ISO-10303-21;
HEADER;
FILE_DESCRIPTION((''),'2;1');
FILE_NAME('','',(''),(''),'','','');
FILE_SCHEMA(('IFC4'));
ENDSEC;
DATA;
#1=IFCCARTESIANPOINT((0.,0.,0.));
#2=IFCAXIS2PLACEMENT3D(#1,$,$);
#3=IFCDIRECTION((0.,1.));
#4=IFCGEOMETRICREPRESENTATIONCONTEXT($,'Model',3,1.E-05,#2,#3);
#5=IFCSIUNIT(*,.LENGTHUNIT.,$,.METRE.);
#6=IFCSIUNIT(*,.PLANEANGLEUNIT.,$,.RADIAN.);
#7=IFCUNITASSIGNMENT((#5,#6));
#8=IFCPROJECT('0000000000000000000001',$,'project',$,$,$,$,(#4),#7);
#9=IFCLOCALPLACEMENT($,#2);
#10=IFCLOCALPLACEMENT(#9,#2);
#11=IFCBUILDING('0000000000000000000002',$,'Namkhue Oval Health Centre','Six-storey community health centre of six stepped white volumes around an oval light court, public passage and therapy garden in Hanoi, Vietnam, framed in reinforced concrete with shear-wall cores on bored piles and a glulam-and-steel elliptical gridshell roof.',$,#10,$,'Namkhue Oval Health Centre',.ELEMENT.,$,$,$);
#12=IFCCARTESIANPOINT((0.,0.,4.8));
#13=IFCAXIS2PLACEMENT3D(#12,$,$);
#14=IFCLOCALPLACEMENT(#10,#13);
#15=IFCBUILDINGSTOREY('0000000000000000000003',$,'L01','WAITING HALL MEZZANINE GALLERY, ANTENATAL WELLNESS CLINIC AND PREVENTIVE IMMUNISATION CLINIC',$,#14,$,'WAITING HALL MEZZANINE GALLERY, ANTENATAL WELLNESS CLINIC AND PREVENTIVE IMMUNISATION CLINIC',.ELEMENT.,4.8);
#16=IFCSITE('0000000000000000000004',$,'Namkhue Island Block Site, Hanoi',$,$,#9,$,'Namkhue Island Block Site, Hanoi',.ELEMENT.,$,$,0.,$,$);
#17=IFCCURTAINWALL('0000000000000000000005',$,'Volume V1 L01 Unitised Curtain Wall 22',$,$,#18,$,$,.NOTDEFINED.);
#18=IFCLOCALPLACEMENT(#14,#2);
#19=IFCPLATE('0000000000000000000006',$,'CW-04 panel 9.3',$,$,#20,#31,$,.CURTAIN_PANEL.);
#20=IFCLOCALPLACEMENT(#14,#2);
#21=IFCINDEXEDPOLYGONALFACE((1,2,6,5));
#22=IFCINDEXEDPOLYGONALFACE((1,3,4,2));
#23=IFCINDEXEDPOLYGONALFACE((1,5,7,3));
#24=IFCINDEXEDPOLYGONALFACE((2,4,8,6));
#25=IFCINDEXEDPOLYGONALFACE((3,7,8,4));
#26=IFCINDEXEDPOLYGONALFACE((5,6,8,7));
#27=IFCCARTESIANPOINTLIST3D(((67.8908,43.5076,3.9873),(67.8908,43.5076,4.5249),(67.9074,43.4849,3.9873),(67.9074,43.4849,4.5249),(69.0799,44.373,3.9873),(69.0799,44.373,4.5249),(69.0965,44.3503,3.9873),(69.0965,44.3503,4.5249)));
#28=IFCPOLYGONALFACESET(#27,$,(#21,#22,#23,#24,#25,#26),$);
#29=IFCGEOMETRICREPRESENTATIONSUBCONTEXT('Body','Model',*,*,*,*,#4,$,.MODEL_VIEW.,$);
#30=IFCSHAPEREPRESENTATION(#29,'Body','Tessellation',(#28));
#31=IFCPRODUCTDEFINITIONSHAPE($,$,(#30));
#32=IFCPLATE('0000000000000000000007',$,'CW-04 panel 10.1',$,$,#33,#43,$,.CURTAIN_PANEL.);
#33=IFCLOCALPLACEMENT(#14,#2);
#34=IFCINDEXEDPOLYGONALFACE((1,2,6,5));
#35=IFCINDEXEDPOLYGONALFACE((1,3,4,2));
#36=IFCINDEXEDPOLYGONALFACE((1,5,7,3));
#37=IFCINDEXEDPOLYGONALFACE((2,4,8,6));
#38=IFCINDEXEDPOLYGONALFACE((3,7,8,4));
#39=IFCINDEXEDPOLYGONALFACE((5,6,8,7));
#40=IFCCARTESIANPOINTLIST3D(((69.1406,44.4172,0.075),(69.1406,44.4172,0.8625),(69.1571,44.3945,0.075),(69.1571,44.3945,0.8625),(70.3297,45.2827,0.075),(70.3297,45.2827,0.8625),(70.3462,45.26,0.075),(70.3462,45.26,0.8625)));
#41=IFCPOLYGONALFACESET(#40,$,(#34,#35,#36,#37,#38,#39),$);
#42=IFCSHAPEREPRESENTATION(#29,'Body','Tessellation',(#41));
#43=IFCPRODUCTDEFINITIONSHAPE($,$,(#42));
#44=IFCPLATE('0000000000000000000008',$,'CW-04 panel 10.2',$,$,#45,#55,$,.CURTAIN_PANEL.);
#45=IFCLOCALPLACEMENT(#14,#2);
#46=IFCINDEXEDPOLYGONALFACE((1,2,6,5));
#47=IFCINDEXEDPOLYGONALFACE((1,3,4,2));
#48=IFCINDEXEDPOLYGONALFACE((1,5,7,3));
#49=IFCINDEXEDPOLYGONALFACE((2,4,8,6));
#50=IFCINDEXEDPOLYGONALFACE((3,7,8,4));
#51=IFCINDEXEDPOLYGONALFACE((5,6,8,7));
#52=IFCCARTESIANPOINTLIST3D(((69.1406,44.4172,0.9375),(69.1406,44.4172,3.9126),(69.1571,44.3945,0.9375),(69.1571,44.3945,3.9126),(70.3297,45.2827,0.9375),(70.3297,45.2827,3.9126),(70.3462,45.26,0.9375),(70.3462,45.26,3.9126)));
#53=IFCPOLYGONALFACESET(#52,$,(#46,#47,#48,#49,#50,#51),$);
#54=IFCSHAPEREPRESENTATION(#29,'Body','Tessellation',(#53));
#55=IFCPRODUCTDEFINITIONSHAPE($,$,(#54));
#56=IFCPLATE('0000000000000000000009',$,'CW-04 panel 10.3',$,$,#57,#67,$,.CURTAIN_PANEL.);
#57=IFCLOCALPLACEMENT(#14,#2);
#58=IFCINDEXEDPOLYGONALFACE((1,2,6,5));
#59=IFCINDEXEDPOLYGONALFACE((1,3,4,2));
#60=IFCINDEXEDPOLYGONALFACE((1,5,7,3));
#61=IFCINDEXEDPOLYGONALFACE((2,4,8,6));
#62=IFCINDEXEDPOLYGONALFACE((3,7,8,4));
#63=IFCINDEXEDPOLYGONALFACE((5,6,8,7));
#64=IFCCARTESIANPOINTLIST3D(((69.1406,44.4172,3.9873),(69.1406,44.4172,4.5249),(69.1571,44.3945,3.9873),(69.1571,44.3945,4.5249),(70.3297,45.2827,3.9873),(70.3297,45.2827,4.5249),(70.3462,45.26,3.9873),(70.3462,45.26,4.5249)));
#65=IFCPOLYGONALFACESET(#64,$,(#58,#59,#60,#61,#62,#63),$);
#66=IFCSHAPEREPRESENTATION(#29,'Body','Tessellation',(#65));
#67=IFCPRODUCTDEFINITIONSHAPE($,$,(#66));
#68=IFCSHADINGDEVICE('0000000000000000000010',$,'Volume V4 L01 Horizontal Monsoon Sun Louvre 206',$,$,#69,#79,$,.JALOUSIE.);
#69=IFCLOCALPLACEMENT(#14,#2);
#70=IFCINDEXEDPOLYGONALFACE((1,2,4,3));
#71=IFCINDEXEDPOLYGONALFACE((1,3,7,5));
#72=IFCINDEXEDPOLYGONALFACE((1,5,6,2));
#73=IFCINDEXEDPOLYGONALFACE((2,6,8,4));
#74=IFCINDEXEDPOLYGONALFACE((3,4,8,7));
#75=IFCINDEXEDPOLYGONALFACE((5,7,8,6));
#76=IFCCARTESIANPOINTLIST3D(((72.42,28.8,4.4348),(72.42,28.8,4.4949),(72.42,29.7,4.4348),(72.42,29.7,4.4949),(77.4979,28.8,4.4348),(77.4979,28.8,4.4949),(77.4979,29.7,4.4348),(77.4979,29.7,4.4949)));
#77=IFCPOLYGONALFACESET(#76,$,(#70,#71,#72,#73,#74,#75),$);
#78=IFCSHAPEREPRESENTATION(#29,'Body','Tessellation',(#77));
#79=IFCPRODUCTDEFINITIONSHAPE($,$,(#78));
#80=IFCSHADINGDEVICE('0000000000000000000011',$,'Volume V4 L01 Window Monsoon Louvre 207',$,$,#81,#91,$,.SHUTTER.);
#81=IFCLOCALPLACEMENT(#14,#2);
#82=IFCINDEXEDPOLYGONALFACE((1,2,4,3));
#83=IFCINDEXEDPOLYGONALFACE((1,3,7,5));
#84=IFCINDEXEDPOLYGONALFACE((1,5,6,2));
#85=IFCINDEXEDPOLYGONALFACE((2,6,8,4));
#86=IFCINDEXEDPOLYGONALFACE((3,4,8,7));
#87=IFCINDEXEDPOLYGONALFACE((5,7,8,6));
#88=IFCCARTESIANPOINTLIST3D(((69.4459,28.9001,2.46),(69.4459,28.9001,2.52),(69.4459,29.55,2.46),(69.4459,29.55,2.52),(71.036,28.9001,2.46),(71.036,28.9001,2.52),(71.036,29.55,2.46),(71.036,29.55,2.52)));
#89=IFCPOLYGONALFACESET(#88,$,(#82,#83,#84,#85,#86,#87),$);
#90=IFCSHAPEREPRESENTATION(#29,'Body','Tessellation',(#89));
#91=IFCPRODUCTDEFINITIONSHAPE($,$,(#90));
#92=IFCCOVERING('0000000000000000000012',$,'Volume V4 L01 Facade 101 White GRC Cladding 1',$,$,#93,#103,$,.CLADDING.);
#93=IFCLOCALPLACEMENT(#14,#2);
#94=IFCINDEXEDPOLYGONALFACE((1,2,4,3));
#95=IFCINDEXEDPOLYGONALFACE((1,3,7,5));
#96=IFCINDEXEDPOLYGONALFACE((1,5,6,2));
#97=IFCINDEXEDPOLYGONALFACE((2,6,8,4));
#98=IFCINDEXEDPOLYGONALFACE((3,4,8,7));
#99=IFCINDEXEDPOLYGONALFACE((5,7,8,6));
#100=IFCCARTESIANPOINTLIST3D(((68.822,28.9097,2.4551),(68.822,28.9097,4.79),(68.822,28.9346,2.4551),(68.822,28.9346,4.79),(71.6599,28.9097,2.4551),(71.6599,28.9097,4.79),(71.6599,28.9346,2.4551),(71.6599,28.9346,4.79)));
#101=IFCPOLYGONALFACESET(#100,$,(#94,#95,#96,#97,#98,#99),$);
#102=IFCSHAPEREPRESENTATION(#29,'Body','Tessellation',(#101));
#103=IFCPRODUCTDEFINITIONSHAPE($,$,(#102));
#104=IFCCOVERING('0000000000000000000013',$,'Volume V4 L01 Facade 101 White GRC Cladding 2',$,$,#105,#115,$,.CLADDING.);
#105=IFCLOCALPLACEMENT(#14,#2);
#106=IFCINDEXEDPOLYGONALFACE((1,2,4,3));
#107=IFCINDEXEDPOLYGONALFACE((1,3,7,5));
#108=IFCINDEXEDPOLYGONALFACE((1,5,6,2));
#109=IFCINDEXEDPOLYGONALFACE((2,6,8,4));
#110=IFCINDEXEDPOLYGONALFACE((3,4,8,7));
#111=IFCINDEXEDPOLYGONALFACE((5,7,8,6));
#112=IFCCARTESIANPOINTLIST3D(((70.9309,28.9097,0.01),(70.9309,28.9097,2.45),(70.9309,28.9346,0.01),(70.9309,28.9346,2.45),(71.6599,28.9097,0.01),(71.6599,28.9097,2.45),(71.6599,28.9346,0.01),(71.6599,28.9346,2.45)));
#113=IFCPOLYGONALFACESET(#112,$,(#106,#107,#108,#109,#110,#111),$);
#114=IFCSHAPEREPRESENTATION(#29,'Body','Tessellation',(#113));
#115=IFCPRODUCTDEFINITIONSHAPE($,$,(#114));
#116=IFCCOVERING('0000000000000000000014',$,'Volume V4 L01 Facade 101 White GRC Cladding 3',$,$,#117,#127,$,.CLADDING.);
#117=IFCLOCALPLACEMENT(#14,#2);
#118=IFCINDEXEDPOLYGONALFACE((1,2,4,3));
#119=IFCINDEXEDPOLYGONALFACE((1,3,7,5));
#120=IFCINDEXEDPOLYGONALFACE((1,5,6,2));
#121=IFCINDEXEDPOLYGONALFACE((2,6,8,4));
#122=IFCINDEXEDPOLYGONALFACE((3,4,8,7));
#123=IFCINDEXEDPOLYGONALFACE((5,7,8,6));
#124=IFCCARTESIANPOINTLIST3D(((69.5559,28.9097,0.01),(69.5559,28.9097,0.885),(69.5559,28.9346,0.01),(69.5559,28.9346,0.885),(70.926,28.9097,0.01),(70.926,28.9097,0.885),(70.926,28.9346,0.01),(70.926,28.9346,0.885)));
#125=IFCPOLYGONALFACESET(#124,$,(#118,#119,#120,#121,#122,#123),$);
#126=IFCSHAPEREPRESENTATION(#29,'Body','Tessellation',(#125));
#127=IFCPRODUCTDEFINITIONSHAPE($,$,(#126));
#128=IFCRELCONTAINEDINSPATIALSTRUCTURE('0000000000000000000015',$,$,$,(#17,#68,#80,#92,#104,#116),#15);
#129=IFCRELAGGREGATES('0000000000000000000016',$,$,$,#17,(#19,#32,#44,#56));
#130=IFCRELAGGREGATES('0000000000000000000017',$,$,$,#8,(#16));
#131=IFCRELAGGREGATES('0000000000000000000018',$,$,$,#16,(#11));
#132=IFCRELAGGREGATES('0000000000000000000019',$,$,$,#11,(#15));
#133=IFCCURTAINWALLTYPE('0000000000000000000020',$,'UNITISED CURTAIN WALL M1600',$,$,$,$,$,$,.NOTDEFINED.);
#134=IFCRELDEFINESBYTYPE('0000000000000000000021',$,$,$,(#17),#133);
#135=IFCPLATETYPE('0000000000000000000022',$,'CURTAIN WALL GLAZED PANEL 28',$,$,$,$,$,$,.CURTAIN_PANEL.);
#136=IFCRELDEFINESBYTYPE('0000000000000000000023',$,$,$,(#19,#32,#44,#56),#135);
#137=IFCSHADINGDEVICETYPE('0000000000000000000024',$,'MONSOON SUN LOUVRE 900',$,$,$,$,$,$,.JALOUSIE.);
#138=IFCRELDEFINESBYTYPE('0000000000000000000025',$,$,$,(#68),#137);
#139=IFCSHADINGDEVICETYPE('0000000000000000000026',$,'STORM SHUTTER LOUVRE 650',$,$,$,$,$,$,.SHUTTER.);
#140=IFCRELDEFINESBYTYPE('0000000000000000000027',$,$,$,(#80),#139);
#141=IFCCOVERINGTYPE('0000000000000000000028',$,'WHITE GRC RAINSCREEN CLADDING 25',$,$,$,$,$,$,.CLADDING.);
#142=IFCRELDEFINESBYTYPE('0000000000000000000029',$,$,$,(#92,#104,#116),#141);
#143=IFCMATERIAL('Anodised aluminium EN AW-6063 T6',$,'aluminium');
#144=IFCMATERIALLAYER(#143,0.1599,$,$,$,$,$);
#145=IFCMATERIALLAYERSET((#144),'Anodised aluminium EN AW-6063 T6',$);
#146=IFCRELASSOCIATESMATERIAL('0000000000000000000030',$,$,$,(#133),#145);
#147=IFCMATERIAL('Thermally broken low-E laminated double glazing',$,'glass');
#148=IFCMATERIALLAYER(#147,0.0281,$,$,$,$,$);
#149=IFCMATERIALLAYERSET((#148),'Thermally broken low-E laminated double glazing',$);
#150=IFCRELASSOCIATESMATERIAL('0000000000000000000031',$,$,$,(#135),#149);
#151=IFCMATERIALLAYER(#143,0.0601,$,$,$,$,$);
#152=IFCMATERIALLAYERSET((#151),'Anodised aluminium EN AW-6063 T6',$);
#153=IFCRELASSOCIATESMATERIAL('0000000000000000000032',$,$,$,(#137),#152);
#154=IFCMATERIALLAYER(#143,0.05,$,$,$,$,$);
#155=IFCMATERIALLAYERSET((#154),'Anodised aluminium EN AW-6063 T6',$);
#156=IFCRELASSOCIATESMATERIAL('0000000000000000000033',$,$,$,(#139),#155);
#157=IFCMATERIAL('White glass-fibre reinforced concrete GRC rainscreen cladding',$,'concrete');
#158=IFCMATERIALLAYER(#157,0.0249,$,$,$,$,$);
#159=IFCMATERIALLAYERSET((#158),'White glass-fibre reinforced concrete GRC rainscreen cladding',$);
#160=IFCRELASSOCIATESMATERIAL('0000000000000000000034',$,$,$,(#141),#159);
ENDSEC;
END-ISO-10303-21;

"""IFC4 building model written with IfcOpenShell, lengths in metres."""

from ifc_helpers import new_model, si_unit, direction, frame, origin, origin_2d, place, context, subcontext, project, spatial, rectangle, extrude, material, layer, layer_set, type_object, element, aggregate, save


model = new_model("IFC4")

# Units and contexts
model_context = context("Model", 3, precision=1e-05, world=origin(), true_north=direction((0.0, 1.0)))
body_context = subcontext(model_context, "Body", "Model", "MODEL_VIEW")
ifc_project = project(units=[si_unit("LENGTHUNIT", "METRE"), si_unit("PLANEANGLEUNIT", "RADIAN")], contexts=[model_context])

# Site, building, storey
site_placement = place(None, origin())
site = spatial("IfcSite", under=ifc_project, at=site_placement, Name="Namkhue Island Block Site, Hanoi", LongName="Namkhue Island Block Site, Hanoi", CompositionType="ELEMENT", RefElevation=0.0)
building_placement = place(site_placement, origin())
building = spatial("IfcBuilding", under=site, at=building_placement, Name="Namkhue Oval Health Centre", Description="Six-storey community health centre of six stepped white volumes around an oval light court, public passage and therapy garden in Hanoi, Vietnam, framed in reinforced concrete with shear-wall cores on bored piles and a glulam-and-steel elliptical gridshell roof.", LongName="Namkhue Oval Health Centre", CompositionType="ELEMENT")
storey_placement = place(building_placement, frame((0.0, 0.0, 4.8)))
storey = spatial("IfcBuildingStorey", under=building, at=storey_placement, Name="L01", Description="WAITING HALL MEZZANINE GALLERY, ANTENATAL WELLNESS CLINIC AND PREVENTIVE IMMUNISATION CLINIC", LongName="WAITING HALL MEZZANINE GALLERY, ANTENATAL WELLNESS CLINIC AND PREVENTIVE IMMUNISATION CLINIC", CompositionType="ELEMENT", Elevation=4.8)

# Curtain wall, plates
ifc_material_1 = material(Name="Anodised aluminium EN AW-6063 T6", Category="aluminium")
ifc_layer_1 = layer(ifc_material_1, 0.1599)
ifc_layer_set_1 = layer_set([ifc_layer_1], Name="Anodised aluminium EN AW-6063 T6")
curtain_wall_type = type_object("IfcCurtainWallType", Name="UNITISED CURTAIN WALL M1600", PredefinedType="NOTDEFINED", material=ifc_layer_set_1)
curtain_wall_placement = place(storey_placement, origin())
curtain_wall = element("IfcCurtainWall", 1, at=curtain_wall_placement, inside=storey, type_object=curtain_wall_type, Name="Volume V1 L01 Unitised Curtain Wall 22", PredefinedType="NOTDEFINED")
ifc_material_2 = material(Name="Thermally broken low-E laminated double glazing", Category="glass")
ifc_layer_2 = layer(ifc_material_2, 0.0281)
ifc_layer_set_2 = layer_set([ifc_layer_2], Name="Thermally broken low-E laminated double glazing")
plate_type = type_object("IfcPlateType", Name="CURTAIN WALL GLAZED PANEL 28", PredefinedType="CURTAIN_PANEL", material=ifc_layer_set_2)
plate_1_placement = place(storey_placement, frame((68.4937, 43.929, 3.9873), z_axis=(0.0, 0.0, 1.0), x_axis=(0.808514, 0.588477, 0.0)))
plate_1 = element("IfcPlate", 2, at=plate_1_placement, type_object=plate_type, Name="CW-04 panel 9.3", PredefinedType="CURTAIN_PANEL", context=body_context, shape_type="SweptSolid", body=[
    extrude(rectangle(XDim=1.4707, YDim=0.0281, at=origin_2d()), origin(), (0.0, 0.0, 1.0), 0.5376),
])
plate_2_placement = place(storey_placement, frame((69.7434, 44.8386, 0.075), z_axis=(0.0, 0.0, 1.0), x_axis=(0.808514, 0.588477, 0.0)))
plate_2 = element("IfcPlate", 3, at=plate_2_placement, type_object=plate_type, Name="CW-04 panel 10.1", PredefinedType="CURTAIN_PANEL", context=body_context, shape_type="SweptSolid", body=[
    extrude(rectangle(XDim=1.4707, YDim=0.0281, at=origin_2d()), origin(), (0.0, 0.0, 1.0), 0.7876),
])
plate_3_placement = place(storey_placement, frame((69.7434, 44.8386, 0.9375), z_axis=(0.0, 0.0, 1.0), x_axis=(0.808514, 0.588477, 0.0)))
plate_3 = element("IfcPlate", 4, at=plate_3_placement, type_object=plate_type, Name="CW-04 panel 10.2", PredefinedType="CURTAIN_PANEL", context=body_context, shape_type="SweptSolid", body=[
    extrude(rectangle(XDim=1.4707, YDim=0.0281, at=origin_2d()), origin(), (0.0, 0.0, 1.0), 2.9751),
])
plate_4_placement = place(storey_placement, frame((69.7434, 44.8386, 3.9873), z_axis=(0.0, 0.0, 1.0), x_axis=(0.808514, 0.588477, 0.0)))
plate_4 = element("IfcPlate", 5, at=plate_4_placement, type_object=plate_type, Name="CW-04 panel 10.3", PredefinedType="CURTAIN_PANEL", context=body_context, shape_type="SweptSolid", body=[
    extrude(rectangle(XDim=1.4707, YDim=0.0281, at=origin_2d()), origin(), (0.0, 0.0, 1.0), 0.5376),
])
aggregate(curtain_wall, [plate_1, plate_2, plate_3, plate_4])

# Shading devices
ifc_layer_3 = layer(ifc_material_1, 0.0601)
ifc_layer_set_3 = layer_set([ifc_layer_3], Name="Anodised aluminium EN AW-6063 T6")
shading_device_type_1 = type_object("IfcShadingDeviceType", Name="MONSOON SUN LOUVRE 900", PredefinedType="JALOUSIE", material=ifc_layer_set_3)
shading_device_1_placement = place(storey_placement, frame((74.959, 29.25, 4.4348), z_axis=(0.0, 0.0, 1.0), x_axis=(-1.0, 0.0, 0.0)))
element("IfcShadingDevice", 6, at=shading_device_1_placement, inside=storey, type_object=shading_device_type_1, Name="Volume V4 L01 Horizontal Monsoon Sun Louvre 206", PredefinedType="JALOUSIE", context=body_context, shape_type="SweptSolid", body=[
    extrude(rectangle(XDim=5.0779, YDim=0.8999, at=origin_2d()), origin(), (0.0, 0.0, 1.0), 0.0601),
])
ifc_layer_4 = layer(ifc_material_1, 0.05)
ifc_layer_set_4 = layer_set([ifc_layer_4], Name="Anodised aluminium EN AW-6063 T6")
shading_device_type_2 = type_object("IfcShadingDeviceType", Name="STORM SHUTTER LOUVRE 650", PredefinedType="SHUTTER", material=ifc_layer_set_4)
shading_device_2_placement = place(storey_placement, frame((70.241, 29.2251, 2.46), z_axis=(0.0, 0.0, 1.0), x_axis=(-1.0, 0.0, 0.0)))
element("IfcShadingDevice", 7, at=shading_device_2_placement, inside=storey, type_object=shading_device_type_2, Name="Volume V4 L01 Window Monsoon Louvre 207", PredefinedType="SHUTTER", context=body_context, shape_type="SweptSolid", body=[
    extrude(rectangle(XDim=1.5901, YDim=0.6499, at=origin_2d()), origin(), (0.0, 0.0, 1.0), 0.0601),
])

# Coverings
ifc_material_3 = material(Name="White glass-fibre reinforced concrete GRC rainscreen cladding", Category="concrete")
ifc_layer_5 = layer(ifc_material_3, 0.0249)
ifc_layer_set_5 = layer_set([ifc_layer_5], Name="White glass-fibre reinforced concrete GRC rainscreen cladding")
covering_type = type_object("IfcCoveringType", Name="WHITE GRC RAINSCREEN CLADDING 25", PredefinedType="CLADDING", material=ifc_layer_set_5)
covering_1_placement = place(storey_placement, frame((70.241, 28.9221, 2.4551), z_axis=(0.0, 0.0, 1.0), x_axis=(-1.0, 0.0, 0.0)))
element("IfcCovering", 8, at=covering_1_placement, inside=storey, type_object=covering_type, Name="Volume V4 L01 Facade 101 White GRC Cladding 1", PredefinedType="CLADDING", context=body_context, shape_type="SweptSolid", body=[
    extrude(rectangle(XDim=2.8379, YDim=0.0249, at=origin_2d()), origin(), (0.0, 0.0, 1.0), 2.335),
])
covering_2_placement = place(storey_placement, frame((71.2954, 28.9221, 0.01), z_axis=(0.0, 0.0, 1.0), x_axis=(-1.0, 0.0, 0.0)))
element("IfcCovering", 9, at=covering_2_placement, inside=storey, type_object=covering_type, Name="Volume V4 L01 Facade 101 White GRC Cladding 2", PredefinedType="CLADDING", context=body_context, shape_type="SweptSolid", body=[
    extrude(rectangle(XDim=0.729, YDim=0.0249, at=origin_2d()), origin(), (0.0, 0.0, 1.0), 2.4399),
])
covering_3_placement = place(storey_placement, frame((70.241, 28.9221, 0.01), z_axis=(0.0, 0.0, 1.0), x_axis=(-1.0, 0.0, 0.0)))
element("IfcCovering", 10, at=covering_3_placement, inside=storey, type_object=covering_type, Name="Volume V4 L01 Facade 101 White GRC Cladding 3", PredefinedType="CLADDING", context=body_context, shape_type="SweptSolid", body=[
    extrude(rectangle(XDim=1.3701, YDim=0.0249, at=origin_2d()), origin(), (0.0, 0.0, 1.0), 0.875),
])

save(model, "model.ifc")
